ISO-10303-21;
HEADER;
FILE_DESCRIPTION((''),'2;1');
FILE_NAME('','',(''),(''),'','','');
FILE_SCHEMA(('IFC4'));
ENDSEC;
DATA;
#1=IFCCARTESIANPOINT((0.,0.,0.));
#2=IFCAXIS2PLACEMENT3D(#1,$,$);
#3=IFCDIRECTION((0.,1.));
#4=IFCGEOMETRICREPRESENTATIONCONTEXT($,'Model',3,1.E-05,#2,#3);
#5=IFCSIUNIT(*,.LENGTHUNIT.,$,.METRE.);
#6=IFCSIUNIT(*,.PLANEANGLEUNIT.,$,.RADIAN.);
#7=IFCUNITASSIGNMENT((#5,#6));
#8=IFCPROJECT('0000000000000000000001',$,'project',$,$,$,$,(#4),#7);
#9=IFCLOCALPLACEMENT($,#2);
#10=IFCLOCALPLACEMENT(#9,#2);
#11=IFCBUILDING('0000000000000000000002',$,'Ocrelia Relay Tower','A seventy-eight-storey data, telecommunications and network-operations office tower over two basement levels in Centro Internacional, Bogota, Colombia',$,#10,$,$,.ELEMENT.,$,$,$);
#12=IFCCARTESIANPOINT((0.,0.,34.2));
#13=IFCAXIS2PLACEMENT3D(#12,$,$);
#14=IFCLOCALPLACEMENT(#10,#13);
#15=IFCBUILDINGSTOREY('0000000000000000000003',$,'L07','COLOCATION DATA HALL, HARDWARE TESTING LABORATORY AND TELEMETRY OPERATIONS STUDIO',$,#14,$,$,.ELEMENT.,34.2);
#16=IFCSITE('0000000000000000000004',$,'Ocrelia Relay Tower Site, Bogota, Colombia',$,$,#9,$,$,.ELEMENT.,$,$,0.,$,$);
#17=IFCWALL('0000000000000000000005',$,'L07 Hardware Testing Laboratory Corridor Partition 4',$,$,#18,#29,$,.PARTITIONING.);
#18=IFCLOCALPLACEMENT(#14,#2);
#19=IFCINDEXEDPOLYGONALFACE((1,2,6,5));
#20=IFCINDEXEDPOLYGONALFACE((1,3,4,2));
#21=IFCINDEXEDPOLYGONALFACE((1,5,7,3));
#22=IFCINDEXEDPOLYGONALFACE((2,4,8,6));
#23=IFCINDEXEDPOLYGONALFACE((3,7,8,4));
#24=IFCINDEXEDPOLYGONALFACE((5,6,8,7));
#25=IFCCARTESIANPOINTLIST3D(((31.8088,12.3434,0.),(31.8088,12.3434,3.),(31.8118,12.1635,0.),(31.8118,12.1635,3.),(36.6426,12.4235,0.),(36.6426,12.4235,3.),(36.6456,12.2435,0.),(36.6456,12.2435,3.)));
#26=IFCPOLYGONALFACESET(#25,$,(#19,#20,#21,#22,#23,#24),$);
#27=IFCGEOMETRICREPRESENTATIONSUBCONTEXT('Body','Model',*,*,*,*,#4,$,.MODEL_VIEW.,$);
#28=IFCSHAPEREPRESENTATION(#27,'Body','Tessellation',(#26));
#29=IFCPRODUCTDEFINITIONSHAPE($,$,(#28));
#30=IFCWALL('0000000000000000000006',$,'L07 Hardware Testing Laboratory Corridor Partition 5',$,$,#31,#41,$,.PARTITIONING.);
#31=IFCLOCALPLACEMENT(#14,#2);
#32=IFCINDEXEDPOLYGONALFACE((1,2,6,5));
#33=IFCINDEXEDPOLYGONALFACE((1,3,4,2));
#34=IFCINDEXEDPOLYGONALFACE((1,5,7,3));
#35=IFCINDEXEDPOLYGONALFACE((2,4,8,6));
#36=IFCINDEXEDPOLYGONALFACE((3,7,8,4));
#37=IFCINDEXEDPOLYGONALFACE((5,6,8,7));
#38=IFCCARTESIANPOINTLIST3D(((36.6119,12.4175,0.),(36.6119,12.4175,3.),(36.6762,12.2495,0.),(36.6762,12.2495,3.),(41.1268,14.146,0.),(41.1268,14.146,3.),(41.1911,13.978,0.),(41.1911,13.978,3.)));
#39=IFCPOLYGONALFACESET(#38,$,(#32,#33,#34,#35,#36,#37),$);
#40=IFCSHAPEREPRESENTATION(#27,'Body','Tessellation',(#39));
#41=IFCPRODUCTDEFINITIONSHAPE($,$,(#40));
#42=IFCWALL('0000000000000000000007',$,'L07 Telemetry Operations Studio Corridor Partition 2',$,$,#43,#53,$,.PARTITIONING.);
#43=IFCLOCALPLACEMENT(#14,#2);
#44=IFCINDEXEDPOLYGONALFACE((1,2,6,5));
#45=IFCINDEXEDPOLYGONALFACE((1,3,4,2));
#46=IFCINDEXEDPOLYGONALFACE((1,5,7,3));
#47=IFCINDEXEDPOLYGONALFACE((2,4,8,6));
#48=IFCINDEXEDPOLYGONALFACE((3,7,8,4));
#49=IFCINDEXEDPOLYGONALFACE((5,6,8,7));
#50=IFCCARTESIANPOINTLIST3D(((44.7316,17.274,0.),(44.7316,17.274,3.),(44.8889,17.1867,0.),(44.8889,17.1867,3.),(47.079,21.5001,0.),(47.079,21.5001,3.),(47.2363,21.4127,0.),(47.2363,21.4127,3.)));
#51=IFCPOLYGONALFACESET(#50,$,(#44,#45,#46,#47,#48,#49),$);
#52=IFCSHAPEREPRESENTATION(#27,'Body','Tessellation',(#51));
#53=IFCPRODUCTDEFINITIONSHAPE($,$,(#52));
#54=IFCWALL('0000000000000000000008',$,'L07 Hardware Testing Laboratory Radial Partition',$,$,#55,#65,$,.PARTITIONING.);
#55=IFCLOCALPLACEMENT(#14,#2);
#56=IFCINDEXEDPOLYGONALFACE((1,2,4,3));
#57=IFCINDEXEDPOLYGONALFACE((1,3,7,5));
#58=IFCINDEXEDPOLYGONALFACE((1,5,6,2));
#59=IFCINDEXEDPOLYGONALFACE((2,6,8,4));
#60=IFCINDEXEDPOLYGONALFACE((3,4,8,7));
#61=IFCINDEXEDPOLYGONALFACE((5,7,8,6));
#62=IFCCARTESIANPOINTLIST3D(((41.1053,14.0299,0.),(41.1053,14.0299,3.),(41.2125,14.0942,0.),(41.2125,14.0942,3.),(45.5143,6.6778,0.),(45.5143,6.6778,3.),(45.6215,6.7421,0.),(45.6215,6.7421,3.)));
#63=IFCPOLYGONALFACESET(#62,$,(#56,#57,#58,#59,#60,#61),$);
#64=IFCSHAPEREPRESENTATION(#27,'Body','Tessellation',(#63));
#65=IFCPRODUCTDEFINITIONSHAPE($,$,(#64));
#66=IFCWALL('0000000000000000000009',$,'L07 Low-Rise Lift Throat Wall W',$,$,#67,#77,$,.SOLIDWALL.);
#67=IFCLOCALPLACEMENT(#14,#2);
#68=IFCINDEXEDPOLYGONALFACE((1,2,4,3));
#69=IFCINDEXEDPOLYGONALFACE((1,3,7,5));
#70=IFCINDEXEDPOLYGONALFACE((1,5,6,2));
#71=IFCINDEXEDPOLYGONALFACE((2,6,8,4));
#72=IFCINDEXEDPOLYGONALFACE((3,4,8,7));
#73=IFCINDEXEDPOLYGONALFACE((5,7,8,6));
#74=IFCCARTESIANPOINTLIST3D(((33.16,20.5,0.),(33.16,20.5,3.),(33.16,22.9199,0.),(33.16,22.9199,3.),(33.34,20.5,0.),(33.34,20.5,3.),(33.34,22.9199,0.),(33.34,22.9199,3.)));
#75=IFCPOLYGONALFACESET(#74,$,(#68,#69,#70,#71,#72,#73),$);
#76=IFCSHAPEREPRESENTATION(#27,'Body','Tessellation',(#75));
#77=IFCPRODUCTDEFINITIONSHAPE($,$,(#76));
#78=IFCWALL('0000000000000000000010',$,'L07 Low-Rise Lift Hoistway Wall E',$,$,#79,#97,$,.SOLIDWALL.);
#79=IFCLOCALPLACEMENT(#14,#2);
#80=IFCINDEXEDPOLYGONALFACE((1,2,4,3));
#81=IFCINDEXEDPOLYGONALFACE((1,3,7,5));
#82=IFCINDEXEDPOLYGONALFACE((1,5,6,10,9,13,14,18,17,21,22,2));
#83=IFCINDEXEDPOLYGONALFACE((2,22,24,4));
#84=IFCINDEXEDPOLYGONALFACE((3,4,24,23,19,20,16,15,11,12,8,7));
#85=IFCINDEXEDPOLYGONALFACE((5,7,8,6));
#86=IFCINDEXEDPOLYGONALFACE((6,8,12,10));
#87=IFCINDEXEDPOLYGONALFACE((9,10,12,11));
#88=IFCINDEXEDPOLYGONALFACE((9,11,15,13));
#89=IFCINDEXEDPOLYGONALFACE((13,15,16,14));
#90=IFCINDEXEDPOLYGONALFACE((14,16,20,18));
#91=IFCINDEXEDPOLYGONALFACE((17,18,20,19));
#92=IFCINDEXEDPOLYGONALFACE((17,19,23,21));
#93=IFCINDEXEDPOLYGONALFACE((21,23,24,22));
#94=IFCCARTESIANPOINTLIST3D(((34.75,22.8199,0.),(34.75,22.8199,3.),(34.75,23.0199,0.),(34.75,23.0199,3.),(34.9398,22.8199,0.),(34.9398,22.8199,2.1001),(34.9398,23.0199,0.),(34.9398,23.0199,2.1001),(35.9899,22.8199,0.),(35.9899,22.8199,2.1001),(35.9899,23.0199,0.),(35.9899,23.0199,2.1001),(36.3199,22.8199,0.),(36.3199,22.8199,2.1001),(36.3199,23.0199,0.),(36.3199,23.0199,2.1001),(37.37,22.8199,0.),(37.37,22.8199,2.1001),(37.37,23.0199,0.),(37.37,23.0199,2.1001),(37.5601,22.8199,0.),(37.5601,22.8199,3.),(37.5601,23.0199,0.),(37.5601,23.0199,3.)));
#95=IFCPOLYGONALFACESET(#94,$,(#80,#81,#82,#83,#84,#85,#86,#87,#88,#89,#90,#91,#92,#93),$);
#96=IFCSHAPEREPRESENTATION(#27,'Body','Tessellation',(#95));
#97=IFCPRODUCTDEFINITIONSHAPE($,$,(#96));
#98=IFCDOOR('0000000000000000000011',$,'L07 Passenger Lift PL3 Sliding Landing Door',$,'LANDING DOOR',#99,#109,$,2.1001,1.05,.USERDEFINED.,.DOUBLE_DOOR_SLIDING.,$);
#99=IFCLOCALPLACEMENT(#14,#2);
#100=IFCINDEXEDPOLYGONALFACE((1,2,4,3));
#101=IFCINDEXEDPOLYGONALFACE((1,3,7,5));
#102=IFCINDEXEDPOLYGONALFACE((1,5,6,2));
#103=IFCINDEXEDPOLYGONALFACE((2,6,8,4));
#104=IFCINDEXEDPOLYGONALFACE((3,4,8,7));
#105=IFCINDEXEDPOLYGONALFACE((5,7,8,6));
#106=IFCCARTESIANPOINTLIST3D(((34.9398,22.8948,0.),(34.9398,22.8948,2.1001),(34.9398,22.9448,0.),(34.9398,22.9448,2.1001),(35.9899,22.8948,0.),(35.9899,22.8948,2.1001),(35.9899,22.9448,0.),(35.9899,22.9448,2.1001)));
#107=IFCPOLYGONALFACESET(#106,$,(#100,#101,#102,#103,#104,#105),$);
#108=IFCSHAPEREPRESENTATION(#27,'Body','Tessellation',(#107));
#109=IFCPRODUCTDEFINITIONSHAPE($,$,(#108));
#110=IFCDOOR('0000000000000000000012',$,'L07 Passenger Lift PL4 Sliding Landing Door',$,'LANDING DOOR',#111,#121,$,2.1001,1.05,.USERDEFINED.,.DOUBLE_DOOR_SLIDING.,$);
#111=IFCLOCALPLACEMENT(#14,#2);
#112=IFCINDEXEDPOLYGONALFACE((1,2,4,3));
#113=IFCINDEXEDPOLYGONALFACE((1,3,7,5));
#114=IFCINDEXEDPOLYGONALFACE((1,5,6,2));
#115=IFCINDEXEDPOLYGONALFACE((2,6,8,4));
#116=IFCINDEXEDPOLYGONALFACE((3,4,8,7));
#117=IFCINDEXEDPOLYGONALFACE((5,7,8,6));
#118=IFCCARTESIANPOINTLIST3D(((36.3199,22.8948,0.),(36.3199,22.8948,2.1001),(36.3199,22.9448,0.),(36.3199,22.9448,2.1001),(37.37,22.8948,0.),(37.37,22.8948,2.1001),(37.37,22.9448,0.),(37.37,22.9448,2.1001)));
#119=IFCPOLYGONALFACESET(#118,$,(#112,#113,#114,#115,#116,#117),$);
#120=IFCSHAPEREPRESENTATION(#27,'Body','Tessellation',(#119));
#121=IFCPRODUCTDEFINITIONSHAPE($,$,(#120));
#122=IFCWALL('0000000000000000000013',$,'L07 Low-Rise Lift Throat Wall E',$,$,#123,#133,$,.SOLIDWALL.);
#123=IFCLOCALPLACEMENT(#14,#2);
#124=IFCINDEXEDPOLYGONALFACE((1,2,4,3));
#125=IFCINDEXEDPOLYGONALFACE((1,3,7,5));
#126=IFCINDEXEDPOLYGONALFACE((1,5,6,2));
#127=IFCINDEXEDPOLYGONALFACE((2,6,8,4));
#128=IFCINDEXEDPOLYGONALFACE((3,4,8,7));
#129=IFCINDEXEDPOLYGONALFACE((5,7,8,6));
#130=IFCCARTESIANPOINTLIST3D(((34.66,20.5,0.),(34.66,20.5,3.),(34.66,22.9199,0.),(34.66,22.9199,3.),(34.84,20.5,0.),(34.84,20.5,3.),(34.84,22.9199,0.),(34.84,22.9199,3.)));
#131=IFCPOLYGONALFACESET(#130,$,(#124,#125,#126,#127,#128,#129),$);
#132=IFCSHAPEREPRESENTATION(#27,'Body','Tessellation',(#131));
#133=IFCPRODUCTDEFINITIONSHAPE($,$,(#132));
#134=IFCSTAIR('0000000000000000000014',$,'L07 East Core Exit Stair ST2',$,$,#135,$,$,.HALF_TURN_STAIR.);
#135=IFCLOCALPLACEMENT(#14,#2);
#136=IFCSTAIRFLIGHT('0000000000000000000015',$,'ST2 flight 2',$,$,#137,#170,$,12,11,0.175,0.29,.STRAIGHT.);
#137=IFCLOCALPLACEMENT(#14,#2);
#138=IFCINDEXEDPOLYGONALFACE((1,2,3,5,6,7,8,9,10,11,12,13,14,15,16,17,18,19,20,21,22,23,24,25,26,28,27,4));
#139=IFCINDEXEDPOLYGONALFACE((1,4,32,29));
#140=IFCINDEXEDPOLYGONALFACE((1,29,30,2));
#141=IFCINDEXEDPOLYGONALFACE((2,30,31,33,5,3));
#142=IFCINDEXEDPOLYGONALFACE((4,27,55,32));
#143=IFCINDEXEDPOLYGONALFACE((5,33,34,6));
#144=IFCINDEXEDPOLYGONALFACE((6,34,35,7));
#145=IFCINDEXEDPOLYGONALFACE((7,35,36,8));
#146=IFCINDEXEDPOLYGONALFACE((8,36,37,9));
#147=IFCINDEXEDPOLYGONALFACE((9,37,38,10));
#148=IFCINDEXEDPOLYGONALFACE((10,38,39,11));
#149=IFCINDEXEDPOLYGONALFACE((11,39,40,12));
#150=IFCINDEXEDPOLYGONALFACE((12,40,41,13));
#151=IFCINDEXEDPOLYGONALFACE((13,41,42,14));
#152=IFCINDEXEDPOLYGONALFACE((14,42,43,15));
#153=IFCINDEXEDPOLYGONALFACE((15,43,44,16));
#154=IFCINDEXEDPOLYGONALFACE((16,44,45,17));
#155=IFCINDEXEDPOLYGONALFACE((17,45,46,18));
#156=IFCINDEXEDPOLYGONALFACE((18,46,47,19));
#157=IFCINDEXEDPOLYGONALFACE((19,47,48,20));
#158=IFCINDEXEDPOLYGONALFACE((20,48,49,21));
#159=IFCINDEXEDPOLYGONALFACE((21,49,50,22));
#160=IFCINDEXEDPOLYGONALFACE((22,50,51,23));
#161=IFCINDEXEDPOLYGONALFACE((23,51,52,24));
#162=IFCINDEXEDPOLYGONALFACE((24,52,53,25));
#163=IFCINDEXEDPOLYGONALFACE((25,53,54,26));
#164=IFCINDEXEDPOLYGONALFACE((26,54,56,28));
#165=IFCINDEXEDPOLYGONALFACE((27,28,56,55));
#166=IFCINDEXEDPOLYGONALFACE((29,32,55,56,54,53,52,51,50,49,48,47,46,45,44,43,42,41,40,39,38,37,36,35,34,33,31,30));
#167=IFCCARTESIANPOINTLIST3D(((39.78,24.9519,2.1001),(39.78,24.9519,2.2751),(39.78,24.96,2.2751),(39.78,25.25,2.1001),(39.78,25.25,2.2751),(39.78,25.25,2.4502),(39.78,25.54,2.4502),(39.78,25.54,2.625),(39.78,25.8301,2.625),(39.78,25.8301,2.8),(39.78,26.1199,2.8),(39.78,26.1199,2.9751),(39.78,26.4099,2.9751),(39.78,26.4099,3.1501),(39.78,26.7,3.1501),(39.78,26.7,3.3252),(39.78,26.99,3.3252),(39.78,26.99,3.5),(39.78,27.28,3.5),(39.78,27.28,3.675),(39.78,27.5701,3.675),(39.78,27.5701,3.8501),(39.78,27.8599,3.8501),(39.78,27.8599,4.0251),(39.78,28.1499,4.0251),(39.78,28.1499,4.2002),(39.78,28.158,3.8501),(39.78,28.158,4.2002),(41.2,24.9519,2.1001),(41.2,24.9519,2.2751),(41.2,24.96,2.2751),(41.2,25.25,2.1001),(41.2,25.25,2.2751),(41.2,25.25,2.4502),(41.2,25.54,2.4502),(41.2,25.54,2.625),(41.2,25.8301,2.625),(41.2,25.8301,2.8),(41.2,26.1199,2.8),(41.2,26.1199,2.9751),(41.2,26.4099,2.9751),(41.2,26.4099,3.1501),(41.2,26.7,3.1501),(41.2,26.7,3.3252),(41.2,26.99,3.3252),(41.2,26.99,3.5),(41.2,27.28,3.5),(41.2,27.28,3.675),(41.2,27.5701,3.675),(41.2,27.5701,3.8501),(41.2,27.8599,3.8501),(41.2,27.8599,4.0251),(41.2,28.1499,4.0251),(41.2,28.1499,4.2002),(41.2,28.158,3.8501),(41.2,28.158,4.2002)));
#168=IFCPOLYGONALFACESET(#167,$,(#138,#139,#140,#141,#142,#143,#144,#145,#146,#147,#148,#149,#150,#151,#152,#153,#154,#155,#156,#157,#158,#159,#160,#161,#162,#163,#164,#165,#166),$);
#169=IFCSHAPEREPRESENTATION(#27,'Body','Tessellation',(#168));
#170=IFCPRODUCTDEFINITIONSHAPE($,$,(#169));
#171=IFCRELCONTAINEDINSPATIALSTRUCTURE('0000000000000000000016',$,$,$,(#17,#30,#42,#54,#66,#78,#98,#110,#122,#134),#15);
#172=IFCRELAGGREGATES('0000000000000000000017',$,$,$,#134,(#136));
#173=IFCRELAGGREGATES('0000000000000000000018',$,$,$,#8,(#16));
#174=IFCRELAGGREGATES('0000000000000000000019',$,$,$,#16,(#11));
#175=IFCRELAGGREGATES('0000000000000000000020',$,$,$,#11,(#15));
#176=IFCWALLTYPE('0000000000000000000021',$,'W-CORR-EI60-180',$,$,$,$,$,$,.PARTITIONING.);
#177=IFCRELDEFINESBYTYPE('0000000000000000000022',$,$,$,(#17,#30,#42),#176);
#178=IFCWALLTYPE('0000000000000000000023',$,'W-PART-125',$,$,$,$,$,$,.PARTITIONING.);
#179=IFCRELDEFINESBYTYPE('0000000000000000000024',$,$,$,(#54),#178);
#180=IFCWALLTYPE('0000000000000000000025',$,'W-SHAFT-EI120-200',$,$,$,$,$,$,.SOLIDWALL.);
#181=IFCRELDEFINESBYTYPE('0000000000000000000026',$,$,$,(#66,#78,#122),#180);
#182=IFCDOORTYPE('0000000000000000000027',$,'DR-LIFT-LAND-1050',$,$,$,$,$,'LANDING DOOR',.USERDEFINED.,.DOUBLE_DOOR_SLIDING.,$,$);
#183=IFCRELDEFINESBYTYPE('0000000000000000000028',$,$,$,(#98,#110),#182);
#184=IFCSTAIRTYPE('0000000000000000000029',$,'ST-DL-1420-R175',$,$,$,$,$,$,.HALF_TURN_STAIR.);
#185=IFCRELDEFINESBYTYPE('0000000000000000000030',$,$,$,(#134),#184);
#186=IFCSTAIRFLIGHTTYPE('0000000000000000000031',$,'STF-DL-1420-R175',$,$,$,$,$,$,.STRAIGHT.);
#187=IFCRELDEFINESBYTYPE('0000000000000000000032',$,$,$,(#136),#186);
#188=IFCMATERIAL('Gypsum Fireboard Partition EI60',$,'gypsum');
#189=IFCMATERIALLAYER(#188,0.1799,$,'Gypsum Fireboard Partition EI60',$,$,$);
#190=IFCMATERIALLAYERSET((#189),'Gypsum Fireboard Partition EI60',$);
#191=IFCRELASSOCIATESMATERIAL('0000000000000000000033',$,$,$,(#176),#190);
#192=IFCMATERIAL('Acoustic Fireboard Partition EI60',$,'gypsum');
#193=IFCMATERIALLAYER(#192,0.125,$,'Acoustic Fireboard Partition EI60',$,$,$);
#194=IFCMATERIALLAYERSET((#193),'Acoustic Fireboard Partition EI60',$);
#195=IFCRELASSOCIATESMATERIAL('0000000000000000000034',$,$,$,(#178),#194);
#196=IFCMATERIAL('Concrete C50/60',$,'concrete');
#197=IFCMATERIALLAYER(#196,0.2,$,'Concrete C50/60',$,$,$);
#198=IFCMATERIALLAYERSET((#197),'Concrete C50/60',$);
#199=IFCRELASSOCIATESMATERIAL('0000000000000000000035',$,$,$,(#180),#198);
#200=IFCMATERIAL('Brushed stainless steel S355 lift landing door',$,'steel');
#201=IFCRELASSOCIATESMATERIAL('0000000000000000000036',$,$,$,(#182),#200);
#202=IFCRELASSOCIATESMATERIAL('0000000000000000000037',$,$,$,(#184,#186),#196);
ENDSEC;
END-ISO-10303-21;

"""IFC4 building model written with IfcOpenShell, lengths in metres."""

from ifc_helpers import new_model, si_unit, direction, frame, frame_2d, origin, place, context, subcontext, project, spatial, polyline, rectangle, outline, extrude, material, layer, layer_set, type_object, element, fill, aggregate, save


model = new_model("IFC4")

# Units and contexts
model_context = context("Model", 3, precision=1e-05, world=origin(), true_north=direction((0.0, 1.0)))
body_context = subcontext(model_context, "Body", "Model", "MODEL_VIEW")
ifc_project = project(units=[si_unit("LENGTHUNIT", "METRE"), si_unit("PLANEANGLEUNIT", "RADIAN")], contexts=[model_context])

# Site, building, storey
site_placement = place(None, origin())
site = spatial("IfcSite", under=ifc_project, at=site_placement, Name="Ocrelia Relay Tower Site, Bogota, Colombia", CompositionType="ELEMENT", RefElevation=0.0)
building_placement = place(site_placement, origin())
building = spatial("IfcBuilding", under=site, at=building_placement, Name="Ocrelia Relay Tower", Description="A seventy-eight-storey data, telecommunications and network-operations office tower over two basement levels in Centro Internacional, Bogota, Colombia", CompositionType="ELEMENT")
storey_placement = place(building_placement, frame((0.0, 0.0, 34.2)))
storey = spatial("IfcBuildingStorey", under=building, at=storey_placement, Name="L07", Description="COLOCATION DATA HALL, HARDWARE TESTING LABORATORY AND TELEMETRY OPERATIONS STUDIO", CompositionType="ELEMENT", Elevation=34.2)

# Walls
ifc_material_1 = material(Name="Gypsum Fireboard Partition EI60", Category="gypsum")
ifc_layer_1 = layer(ifc_material_1, 0.1799, Name="Gypsum Fireboard Partition EI60")
ifc_layer_set_1 = layer_set([ifc_layer_1], Name="Gypsum Fireboard Partition EI60")
wall_type_1 = type_object("IfcWallType", Name="W-CORR-EI60-180", PredefinedType="PARTITIONING", material=ifc_layer_set_1)
for number, where, z_axis, x_axis, name in (
    (1, (31.8103, 12.2534, 0.0), (0.0, 0.0, 1.0), (0.999863, 0.016564, 0.0), "L07 Hardware Testing Laboratory Corridor Partition 4"),
    (2, (36.644, 12.3335, 0.0), (0.0, 0.0, 1.0), (0.933898, 0.35754, 0.0), "L07 Hardware Testing Laboratory Corridor Partition 5"),
):
    element("IfcWall", number, at=place(storey_placement, frame(where, z_axis=z_axis, x_axis=x_axis)), inside=storey, type_object=wall_type_1, Name=name, PredefinedType="PARTITIONING", context=body_context, shape_type="SweptSolid", body=[
        extrude(rectangle(XDim=4.8345, YDim=0.1799, at=frame_2d((2.4172, 0.0))), origin(), (0.0, 0.0, 1.0), 3.0),
    ])

# Walls
wall_1_placement = place(storey_placement, frame((44.8103, 17.2305, 0.0), z_axis=(0.0, 0.0, 1.0), x_axis=(0.485579, 0.874193, 0.0)))
element("IfcWall", 3, at=wall_1_placement, inside=storey, type_object=wall_type_1, Name="L07 Telemetry Operations Studio Corridor Partition 2", PredefinedType="PARTITIONING", context=body_context, shape_type="SweptSolid", body=[
    extrude(rectangle(XDim=4.8342, YDim=0.1799, at=frame_2d((2.417, 0.0))), origin(), (0.0, 0.0, 1.0), 3.0),
])
ifc_material_2 = material(Name="Acoustic Fireboard Partition EI60", Category="gypsum")
ifc_layer_2 = layer(ifc_material_2, 0.125, Name="Acoustic Fireboard Partition EI60")
ifc_layer_set_2 = layer_set([ifc_layer_2], Name="Acoustic Fireboard Partition EI60")
wall_type_2 = type_object("IfcWallType", Name="W-PART-125", PredefinedType="PARTITIONING", material=ifc_layer_set_2)
wall_2_placement = place(storey_placement, frame((41.1589, 14.062, 0.0), z_axis=(0.0, 0.0, 1.0), x_axis=(0.514299, -0.857611, 0.0)))
element("IfcWall", 4, at=wall_2_placement, inside=storey, type_object=wall_type_2, Name="L07 Hardware Testing Laboratory Radial Partition", PredefinedType="PARTITIONING", context=body_context, shape_type="SweptSolid", body=[
    extrude(rectangle(XDim=8.5728, YDim=0.125, at=frame_2d((4.2864, 0.0))), origin(), (0.0, 0.0, 1.0), 3.0),
])
ifc_material_3 = material(Name="Concrete C50/60", Category="concrete")
ifc_layer_3 = layer(ifc_material_3, 0.2, Name="Concrete C50/60")
ifc_layer_set_3 = layer_set([ifc_layer_3], Name="Concrete C50/60")
wall_type_3 = type_object("IfcWallType", Name="W-SHAFT-EI120-200", PredefinedType="SOLIDWALL", material=ifc_layer_set_3)
wall_3_placement = place(storey_placement, frame((33.25, 20.5, 0.0), z_axis=(0.0, 0.0, 1.0), x_axis=(0.0, 1.0, 0.0)))
element("IfcWall", 5, at=wall_3_placement, inside=storey, type_object=wall_type_3, Name="L07 Low-Rise Lift Throat Wall W", PredefinedType="SOLIDWALL", context=body_context, shape_type="SweptSolid", body=[
    extrude(rectangle(XDim=2.4199, YDim=0.1799, at=frame_2d((1.21, 0.0))), origin(), (0.0, 0.0, 1.0), 3.0),
])

# Wall, openings, doors
wall_4_placement = place(storey_placement, frame((34.75, 22.9199, 0.0), z_axis=(0.0, 0.0, 1.0), x_axis=(1.0, 0.0, 0.0)))
wall_4 = element("IfcWall", 6, at=wall_4_placement, inside=storey, type_object=wall_type_3, Name="L07 Low-Rise Lift Hoistway Wall E", PredefinedType="SOLIDWALL", context=body_context, shape_type="SweptSolid", body=[
    extrude(rectangle(XDim=2.8101, YDim=0.2, at=frame_2d((1.405, 0.0))), origin(), (0.0, 0.0, 1.0), 3.0),
])
opening_1_placement = place(wall_4_placement, frame((0.1899, 0.0, 0.0)))
opening_1 = element("IfcOpeningElement", 7, at=opening_1_placement, cuts=wall_4, PredefinedType="OPENING", context=body_context, shape_type="SweptSolid", body=[
    extrude(rectangle(XDim=1.05, YDim=2.1001, at=frame_2d((0.5249, 1.05))), frame((0.0, 0.1099, 0.0), z_axis=(0.0, -1.0, 0.0), x_axis=(1.0, 0.0, 0.0)), (0.0, 0.0, 1.0), 0.22),
])
opening_2_placement = place(wall_4_placement, frame((1.5701, 0.0, 0.0)))
opening_2 = element("IfcOpeningElement", 8, at=opening_2_placement, cuts=wall_4, PredefinedType="OPENING", context=body_context, shape_type="SweptSolid", body=[
    extrude(rectangle(XDim=1.05, YDim=2.1001, at=frame_2d((0.5249, 1.05))), frame((0.0, 0.1099, 0.0), z_axis=(0.0, -1.0, 0.0), x_axis=(1.0, 0.0, 0.0)), (0.0, 0.0, 1.0), 0.22),
])
ifc_material_4 = material(Name="Brushed stainless steel S355 lift landing door", Category="steel")
door_type_1 = type_object("IfcDoorType", Name="DR-LIFT-LAND-1050", ElementType="LANDING DOOR", OperationType="DOUBLE_DOOR_SLIDING", PredefinedType="USERDEFINED", material=ifc_material_4)
door_1_placement = place(opening_1_placement, origin())
door_1 = element("IfcDoor", 9, at=door_1_placement, inside=storey, type_object=door_type_1, Name="L07 Passenger Lift PL3 Sliding Landing Door", ObjectType="LANDING DOOR", OperationType="DOUBLE_DOOR_SLIDING", OverallHeight=2.1001, OverallWidth=1.05, PredefinedType="USERDEFINED", context=body_context, shape_type="SweptSolid", body=[
    extrude(rectangle(XDim=1.05, YDim=2.1001, at=frame_2d((0.5249, 1.05))), frame((0.0, 0.0249, 0.0), z_axis=(0.0, -1.0, 0.0), x_axis=(1.0, 0.0, 0.0)), (0.0, 0.0, 1.0), 0.05),
])
fill(opening_1, door_1)
door_2_placement = place(opening_2_placement, origin())
door_2 = element("IfcDoor", 10, at=door_2_placement, inside=storey, type_object=door_type_1, Name="L07 Passenger Lift PL4 Sliding Landing Door", ObjectType="LANDING DOOR", OperationType="DOUBLE_DOOR_SLIDING", OverallHeight=2.1001, OverallWidth=1.05, PredefinedType="USERDEFINED", context=body_context, shape_type="SweptSolid", body=[
    extrude(rectangle(XDim=1.05, YDim=2.1001, at=frame_2d((0.5249, 1.05))), frame((0.0, 0.0249, 0.0), z_axis=(0.0, -1.0, 0.0), x_axis=(1.0, 0.0, 0.0)), (0.0, 0.0, 1.0), 0.05),
])
fill(opening_2, door_2)

# Wall
wall_5_placement = place(storey_placement, frame((34.75, 20.5, 0.0), z_axis=(0.0, 0.0, 1.0), x_axis=(0.0, 1.0, 0.0)))
element("IfcWall", 11, at=wall_5_placement, inside=storey, type_object=wall_type_3, Name="L07 Low-Rise Lift Throat Wall E", PredefinedType="SOLIDWALL", context=body_context, shape_type="SweptSolid", body=[
    extrude(rectangle(XDim=2.4199, YDim=0.1799, at=frame_2d((1.21, 0.0))), origin(), (0.0, 0.0, 1.0), 3.0),
])

# Stair, stair flight
stair_type = type_object("IfcStairType", Name="ST-DL-1420-R175", PredefinedType="HALF_TURN_STAIR", material=ifc_material_3)
stair_placement = place(storey_placement, origin())
stair = element("IfcStair", 12, at=stair_placement, inside=storey, type_object=stair_type, Name="L07 East Core Exit Stair ST2", PredefinedType="HALF_TURN_STAIR")
stair_flight_type = type_object("IfcStairFlightType", Name="STF-DL-1420-R175", PredefinedType="STRAIGHT", material=ifc_material_3)
stair_flight_placement = place(storey_placement, frame((40.49, 24.96, 2.1001), z_axis=(0.0, 0.0, 1.0), x_axis=(0.0, 1.0, 0.0)))
stair_flight = element("IfcStairFlight", 13, at=stair_flight_placement, type_object=stair_flight_type, Name="ST2 flight 2", NumberOfRisers=12, NumberOfTreads=11, PredefinedType="STRAIGHT", RiserHeight=0.175, TreadLength=0.29, context=body_context, shape_type="SweptSolid", body=[
    extrude(outline(polyline([(-0.0081, 0.0), (-0.0081, 0.175), (0.0, 0.175), (0.29, 0.175), (0.29, 0.3501), (0.5801, 0.3501), (0.5801, 0.5249), (0.8701, 0.5249), (0.8701, 0.7), (1.1599, 0.7), (1.1599, 0.875), (1.45, 0.875), (1.45, 1.05), (1.74, 1.05), (1.74, 1.2251), (2.03, 1.2251), (2.03, 1.3999), (2.3201, 1.3999), (2.3201, 1.575), (2.6101, 1.575), (2.6101, 1.75), (2.8999, 1.75), (2.8999, 1.925), (3.1899, 1.925), (3.1899, 2.1001), (3.198, 2.1001), (3.198, 1.75), (0.29, 0.0), (-0.0081, 0.0)])), frame((0.0, 0.71, 0.0), z_axis=(0.0, -1.0, 0.0), x_axis=(1.0, 0.0, 0.0)), (0.0, 0.0, 1.0), 1.4199),
])
aggregate(stair, [stair_flight])

save(model, "model.ifc")
